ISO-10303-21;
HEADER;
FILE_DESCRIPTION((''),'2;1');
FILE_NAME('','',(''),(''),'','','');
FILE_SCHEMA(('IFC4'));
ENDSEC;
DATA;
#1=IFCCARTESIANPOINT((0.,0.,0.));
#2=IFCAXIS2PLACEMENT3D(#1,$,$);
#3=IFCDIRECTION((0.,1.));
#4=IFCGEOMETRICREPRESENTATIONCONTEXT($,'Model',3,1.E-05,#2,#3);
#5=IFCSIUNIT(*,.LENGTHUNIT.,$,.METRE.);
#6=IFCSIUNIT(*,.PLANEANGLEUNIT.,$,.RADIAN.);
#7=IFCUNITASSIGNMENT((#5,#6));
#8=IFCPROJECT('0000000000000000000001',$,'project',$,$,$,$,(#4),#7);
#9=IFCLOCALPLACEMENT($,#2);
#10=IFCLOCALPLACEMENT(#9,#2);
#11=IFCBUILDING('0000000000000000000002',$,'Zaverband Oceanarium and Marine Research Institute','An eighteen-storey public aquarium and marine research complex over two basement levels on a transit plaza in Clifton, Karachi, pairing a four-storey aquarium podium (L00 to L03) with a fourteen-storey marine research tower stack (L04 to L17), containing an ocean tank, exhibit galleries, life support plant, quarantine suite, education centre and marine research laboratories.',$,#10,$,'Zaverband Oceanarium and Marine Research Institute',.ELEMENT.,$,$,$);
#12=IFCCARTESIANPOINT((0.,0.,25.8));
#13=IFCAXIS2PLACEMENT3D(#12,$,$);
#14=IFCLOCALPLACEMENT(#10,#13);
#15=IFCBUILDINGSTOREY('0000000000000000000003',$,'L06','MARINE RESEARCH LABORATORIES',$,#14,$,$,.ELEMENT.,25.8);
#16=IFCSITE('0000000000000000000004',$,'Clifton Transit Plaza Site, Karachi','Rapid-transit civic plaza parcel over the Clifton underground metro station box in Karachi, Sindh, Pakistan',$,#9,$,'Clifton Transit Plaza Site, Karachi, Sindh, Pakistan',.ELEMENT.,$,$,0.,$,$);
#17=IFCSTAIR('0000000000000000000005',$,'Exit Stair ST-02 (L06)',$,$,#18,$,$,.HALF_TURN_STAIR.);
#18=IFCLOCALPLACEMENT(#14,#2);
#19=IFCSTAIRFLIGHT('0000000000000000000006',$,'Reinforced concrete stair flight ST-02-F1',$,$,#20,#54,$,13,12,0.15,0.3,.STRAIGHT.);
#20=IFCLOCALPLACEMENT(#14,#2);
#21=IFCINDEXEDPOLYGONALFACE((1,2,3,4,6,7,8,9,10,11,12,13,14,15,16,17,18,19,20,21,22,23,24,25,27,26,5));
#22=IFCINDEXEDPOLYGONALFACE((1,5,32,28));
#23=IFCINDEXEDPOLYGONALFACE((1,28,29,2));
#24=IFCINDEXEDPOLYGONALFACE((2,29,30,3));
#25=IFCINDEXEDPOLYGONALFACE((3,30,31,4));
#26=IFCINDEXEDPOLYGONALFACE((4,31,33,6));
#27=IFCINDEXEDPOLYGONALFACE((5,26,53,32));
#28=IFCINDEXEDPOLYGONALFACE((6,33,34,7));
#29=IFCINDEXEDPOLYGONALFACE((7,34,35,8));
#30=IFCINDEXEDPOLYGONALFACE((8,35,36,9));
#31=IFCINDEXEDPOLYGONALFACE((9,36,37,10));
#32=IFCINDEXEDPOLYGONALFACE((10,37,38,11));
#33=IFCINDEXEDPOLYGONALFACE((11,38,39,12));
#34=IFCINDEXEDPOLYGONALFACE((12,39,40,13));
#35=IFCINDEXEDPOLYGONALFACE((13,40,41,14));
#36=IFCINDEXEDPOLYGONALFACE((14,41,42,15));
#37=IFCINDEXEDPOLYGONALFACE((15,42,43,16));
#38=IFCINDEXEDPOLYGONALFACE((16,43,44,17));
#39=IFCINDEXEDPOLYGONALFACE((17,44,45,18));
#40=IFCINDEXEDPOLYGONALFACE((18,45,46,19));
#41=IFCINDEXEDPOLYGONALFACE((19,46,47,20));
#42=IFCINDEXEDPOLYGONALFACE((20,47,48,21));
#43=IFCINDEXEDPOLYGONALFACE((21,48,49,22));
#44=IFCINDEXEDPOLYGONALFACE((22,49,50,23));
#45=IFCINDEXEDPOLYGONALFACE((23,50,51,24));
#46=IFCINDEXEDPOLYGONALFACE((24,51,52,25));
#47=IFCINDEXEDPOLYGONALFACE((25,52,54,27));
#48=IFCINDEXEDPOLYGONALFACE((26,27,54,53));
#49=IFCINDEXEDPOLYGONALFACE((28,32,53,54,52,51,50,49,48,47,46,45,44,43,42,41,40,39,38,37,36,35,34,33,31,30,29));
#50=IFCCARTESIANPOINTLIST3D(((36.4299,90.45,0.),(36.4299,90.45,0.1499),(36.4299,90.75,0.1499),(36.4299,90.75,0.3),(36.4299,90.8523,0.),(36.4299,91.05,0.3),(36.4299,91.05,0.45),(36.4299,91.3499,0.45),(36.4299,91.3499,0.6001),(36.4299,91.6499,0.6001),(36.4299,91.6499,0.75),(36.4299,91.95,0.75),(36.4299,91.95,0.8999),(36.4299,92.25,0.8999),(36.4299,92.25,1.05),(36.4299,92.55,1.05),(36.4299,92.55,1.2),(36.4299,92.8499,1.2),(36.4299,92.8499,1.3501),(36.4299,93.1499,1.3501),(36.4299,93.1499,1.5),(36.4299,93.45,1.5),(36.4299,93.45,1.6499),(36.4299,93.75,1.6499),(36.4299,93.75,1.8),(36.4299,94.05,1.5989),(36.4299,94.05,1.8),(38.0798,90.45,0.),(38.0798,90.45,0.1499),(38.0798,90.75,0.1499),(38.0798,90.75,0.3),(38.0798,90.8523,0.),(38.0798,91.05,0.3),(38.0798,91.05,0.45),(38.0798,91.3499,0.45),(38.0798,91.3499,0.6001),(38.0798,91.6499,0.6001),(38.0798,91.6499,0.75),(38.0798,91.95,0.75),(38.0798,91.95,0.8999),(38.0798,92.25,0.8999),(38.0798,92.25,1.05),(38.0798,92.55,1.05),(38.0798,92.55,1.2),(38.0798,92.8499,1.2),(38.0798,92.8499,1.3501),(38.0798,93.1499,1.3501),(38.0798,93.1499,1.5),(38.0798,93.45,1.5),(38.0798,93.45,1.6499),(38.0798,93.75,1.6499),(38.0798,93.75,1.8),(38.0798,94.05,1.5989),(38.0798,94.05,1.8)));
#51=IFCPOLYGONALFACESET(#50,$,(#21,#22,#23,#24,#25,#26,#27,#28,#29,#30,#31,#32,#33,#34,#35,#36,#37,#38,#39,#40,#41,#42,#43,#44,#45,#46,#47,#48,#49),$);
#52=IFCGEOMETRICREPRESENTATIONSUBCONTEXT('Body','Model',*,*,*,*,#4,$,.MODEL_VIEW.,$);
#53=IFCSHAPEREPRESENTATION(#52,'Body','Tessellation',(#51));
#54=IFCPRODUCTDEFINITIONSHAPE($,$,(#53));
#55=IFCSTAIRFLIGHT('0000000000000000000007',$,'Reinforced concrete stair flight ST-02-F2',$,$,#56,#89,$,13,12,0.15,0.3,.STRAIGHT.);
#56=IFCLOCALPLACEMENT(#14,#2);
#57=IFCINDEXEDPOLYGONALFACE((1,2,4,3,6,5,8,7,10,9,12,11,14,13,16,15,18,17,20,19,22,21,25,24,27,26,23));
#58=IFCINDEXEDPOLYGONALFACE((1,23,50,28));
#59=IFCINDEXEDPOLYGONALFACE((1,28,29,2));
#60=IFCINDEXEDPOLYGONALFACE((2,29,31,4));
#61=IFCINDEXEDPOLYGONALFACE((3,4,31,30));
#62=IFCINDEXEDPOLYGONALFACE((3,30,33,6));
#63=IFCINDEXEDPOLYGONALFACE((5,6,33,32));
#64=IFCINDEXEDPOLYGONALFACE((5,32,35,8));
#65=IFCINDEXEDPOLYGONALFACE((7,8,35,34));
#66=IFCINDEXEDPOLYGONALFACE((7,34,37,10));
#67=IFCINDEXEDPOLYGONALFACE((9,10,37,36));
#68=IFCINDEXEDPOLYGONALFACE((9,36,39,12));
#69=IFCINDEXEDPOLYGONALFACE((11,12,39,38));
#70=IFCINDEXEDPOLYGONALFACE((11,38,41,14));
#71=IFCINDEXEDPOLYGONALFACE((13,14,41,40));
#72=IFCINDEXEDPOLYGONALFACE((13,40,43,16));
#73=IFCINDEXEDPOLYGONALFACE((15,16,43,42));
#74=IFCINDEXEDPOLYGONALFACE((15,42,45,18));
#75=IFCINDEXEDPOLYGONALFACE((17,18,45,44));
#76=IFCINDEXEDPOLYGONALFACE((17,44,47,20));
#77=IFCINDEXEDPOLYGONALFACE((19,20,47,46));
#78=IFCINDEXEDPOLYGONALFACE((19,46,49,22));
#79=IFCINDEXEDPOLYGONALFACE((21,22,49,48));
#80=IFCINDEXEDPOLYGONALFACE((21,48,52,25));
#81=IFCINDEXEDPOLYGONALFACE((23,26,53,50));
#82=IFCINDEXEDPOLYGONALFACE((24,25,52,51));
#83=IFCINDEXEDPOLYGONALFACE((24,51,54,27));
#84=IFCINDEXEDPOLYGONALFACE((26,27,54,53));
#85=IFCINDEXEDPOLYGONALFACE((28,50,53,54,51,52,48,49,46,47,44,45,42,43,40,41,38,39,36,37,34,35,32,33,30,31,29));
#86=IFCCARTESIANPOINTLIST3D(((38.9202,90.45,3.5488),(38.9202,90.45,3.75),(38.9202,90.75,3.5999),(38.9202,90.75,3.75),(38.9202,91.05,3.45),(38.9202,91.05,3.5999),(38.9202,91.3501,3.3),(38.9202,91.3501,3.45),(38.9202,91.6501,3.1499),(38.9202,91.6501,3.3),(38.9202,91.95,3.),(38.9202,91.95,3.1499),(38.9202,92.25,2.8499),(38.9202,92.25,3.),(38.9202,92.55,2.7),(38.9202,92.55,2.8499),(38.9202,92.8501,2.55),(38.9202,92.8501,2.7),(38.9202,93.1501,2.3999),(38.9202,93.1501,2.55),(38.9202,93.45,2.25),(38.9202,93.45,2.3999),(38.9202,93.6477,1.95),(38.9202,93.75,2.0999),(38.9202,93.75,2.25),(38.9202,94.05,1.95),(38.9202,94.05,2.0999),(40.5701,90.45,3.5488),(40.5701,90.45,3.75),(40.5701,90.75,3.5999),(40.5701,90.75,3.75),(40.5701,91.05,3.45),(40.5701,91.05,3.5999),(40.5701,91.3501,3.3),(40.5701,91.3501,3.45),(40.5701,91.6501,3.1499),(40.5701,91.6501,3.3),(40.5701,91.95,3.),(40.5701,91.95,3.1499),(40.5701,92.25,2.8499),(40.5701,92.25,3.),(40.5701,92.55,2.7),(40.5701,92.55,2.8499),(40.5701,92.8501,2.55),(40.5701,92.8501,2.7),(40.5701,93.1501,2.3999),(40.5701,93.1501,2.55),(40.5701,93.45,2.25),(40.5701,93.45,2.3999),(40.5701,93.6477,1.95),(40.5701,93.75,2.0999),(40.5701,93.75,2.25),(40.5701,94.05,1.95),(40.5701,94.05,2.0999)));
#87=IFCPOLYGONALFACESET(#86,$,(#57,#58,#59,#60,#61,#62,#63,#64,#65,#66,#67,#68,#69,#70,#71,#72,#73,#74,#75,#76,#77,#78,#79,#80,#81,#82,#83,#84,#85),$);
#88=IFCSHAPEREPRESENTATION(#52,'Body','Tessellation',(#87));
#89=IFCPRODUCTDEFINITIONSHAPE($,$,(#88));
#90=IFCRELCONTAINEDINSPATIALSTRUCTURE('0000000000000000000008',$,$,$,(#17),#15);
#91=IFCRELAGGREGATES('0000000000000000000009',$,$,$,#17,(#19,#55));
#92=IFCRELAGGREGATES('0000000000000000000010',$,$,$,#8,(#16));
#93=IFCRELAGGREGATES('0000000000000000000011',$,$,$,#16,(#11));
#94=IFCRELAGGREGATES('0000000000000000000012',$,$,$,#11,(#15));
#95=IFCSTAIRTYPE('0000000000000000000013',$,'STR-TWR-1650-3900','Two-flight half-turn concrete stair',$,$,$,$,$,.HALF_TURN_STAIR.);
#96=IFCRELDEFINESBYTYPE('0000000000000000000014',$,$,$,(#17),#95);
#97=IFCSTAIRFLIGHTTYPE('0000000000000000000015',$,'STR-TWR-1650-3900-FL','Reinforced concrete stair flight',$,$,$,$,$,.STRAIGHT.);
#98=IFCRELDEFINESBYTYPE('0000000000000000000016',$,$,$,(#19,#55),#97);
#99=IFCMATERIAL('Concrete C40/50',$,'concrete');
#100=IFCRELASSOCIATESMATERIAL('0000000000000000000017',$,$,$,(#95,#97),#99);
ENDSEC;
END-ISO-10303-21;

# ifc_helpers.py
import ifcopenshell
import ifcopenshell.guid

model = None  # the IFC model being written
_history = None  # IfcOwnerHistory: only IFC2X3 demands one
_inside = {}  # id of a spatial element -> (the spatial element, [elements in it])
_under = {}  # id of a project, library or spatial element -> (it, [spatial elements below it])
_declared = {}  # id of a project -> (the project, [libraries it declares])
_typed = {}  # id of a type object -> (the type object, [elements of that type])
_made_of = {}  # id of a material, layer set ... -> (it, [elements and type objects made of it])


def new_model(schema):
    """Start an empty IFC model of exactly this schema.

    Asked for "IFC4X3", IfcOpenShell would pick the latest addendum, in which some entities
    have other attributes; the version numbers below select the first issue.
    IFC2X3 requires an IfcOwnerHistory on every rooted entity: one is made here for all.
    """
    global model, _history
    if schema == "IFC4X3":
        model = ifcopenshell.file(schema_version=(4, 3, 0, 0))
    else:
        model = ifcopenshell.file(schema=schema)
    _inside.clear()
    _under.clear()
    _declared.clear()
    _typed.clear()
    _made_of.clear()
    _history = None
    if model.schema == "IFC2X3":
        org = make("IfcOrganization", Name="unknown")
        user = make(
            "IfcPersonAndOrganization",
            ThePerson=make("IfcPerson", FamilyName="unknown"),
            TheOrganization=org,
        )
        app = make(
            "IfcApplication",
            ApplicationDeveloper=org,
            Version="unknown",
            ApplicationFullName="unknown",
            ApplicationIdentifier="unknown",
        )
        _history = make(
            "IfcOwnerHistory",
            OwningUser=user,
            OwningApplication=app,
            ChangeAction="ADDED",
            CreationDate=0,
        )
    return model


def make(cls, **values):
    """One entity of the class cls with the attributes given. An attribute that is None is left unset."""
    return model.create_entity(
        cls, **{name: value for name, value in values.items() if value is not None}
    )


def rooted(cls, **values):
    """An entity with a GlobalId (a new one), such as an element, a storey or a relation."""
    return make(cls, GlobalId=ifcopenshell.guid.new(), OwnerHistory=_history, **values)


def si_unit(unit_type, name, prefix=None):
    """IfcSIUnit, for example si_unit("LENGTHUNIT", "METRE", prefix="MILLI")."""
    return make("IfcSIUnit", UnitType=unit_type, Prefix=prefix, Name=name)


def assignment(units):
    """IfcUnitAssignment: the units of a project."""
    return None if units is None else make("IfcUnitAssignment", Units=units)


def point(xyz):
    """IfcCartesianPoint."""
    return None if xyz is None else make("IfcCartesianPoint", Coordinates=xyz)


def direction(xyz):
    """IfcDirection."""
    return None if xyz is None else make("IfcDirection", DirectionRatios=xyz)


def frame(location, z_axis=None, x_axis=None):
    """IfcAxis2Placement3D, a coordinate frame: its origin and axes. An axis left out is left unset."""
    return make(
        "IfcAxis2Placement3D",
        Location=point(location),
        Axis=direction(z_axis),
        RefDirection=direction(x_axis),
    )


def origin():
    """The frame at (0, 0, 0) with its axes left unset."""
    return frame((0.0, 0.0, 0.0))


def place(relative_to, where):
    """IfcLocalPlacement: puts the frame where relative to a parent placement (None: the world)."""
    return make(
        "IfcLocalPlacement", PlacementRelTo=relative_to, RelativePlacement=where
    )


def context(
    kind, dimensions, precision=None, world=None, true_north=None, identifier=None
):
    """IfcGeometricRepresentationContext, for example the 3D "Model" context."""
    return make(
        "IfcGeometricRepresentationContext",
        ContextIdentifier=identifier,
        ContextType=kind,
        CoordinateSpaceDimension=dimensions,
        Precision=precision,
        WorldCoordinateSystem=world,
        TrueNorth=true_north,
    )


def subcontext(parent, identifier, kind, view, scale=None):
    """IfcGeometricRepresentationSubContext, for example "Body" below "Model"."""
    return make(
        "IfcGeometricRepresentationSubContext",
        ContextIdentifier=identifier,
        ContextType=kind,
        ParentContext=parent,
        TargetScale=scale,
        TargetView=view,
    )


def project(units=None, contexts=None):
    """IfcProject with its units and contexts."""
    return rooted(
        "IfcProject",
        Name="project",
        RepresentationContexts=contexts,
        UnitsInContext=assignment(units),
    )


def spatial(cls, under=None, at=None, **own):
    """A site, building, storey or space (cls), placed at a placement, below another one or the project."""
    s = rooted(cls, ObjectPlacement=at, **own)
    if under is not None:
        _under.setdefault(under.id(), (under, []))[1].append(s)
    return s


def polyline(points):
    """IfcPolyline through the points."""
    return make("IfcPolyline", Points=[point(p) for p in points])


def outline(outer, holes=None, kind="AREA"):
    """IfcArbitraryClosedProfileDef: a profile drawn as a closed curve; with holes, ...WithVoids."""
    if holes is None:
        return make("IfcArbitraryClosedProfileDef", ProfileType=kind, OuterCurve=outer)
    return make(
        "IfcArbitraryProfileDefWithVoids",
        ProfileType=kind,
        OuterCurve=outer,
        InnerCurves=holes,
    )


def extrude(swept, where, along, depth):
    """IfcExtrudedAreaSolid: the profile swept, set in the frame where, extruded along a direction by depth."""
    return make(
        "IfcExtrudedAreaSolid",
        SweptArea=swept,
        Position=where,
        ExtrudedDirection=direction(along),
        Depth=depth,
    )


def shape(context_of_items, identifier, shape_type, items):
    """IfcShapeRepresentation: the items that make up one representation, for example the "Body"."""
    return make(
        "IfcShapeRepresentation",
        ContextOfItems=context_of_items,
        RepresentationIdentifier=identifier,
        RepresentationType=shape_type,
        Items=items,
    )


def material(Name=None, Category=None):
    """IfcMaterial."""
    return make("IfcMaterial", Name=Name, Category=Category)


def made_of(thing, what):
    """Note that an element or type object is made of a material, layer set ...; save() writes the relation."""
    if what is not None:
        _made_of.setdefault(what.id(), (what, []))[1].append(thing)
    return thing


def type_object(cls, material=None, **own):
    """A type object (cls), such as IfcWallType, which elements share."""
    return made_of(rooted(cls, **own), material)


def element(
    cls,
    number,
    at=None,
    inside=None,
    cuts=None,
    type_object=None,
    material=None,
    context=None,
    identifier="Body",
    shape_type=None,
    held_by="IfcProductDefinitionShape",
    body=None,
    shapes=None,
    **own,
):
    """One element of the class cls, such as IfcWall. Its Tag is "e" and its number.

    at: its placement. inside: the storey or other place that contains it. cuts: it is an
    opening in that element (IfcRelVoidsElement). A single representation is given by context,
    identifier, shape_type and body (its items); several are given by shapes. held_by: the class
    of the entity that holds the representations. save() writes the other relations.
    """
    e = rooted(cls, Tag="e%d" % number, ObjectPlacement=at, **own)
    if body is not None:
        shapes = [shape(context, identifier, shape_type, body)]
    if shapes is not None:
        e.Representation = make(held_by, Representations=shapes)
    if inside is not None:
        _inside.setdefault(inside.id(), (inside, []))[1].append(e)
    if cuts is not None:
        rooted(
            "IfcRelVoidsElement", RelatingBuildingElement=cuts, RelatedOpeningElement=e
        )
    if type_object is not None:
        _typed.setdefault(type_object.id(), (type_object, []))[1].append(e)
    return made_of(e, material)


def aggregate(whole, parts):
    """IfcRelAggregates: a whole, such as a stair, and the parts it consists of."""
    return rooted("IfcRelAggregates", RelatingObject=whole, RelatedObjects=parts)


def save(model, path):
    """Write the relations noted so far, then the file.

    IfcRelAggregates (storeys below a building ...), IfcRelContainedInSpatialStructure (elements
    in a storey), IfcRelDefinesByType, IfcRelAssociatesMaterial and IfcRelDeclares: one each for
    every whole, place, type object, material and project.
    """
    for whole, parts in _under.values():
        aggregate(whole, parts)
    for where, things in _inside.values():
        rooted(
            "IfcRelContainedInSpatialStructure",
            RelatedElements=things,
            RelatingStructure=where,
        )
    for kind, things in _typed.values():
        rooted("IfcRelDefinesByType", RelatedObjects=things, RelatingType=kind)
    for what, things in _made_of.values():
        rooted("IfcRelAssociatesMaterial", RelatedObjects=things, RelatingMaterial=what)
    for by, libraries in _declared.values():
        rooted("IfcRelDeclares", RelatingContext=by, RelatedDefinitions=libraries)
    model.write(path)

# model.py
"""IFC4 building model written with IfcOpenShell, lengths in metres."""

from ifc_helpers import new_model, si_unit, direction, frame, origin, place, context, subcontext, project, spatial, polyline, outline, extrude, material, type_object, element, aggregate, save


model = new_model("IFC4")

# Units and contexts
model_context = context("Model", 3, precision=1e-05, world=origin(), true_north=direction((0.0, 1.0)))
body_context = subcontext(model_context, "Body", "Model", "MODEL_VIEW")
ifc_project = project(units=[si_unit("LENGTHUNIT", "METRE"), si_unit("PLANEANGLEUNIT", "RADIAN")], contexts=[model_context])

# Site, building, storey
site_placement = place(None, origin())
site = spatial("IfcSite", under=ifc_project, at=site_placement, Name="Clifton Transit Plaza Site, Karachi", Description="Rapid-transit civic plaza parcel over the Clifton underground metro station box in Karachi, Sindh, Pakistan", LongName="Clifton Transit Plaza Site, Karachi, Sindh, Pakistan", CompositionType="ELEMENT", RefElevation=0.0)
building_placement = place(site_placement, origin())
building = spatial("IfcBuilding", under=site, at=building_placement, Name="Zaverband Oceanarium and Marine Research Institute", Description="An eighteen-storey public aquarium and marine research complex over two basement levels on a transit plaza in Clifton, Karachi, pairing a four-storey aquarium podium (L00 to L03) with a fourteen-storey marine research tower stack (L04 to L17), containing an ocean tank, exhibit galleries, life support plant, quarantine suite, education centre and marine research laboratories.", LongName="Zaverband Oceanarium and Marine Research Institute", CompositionType="ELEMENT")
storey_placement = place(building_placement, frame((0.0, 0.0, 25.8)))
storey = spatial("IfcBuildingStorey", under=building, at=storey_placement, Name="L06", Description="MARINE RESEARCH LABORATORIES", CompositionType="ELEMENT", Elevation=25.8)

# Shared definitions
ifc_material_1 = material(Name="Concrete C40/50", Category="concrete")

# Stair, stair flights
stair_type = type_object("IfcStairType", Name="STR-TWR-1650-3900", Description="Two-flight half-turn concrete stair", PredefinedType="HALF_TURN_STAIR", material=ifc_material_1)
stair_placement = place(storey_placement, origin())
stair = element("IfcStair", 1, at=stair_placement, inside=storey, type_object=stair_type, Name="Exit Stair ST-02 (L06)", PredefinedType="HALF_TURN_STAIR")
stair_flight_type = type_object("IfcStairFlightType", Name="STR-TWR-1650-3900-FL", Description="Reinforced concrete stair flight", PredefinedType="STRAIGHT", material=ifc_material_1)
stair_flight_1_placement = place(storey_placement, frame((37.2549, 90.45, 0.0), z_axis=(0.0, 0.0, 1.0), x_axis=(0.0, 1.0, 0.0)))
stair_flight_1 = element("IfcStairFlight", 2, at=stair_flight_1_placement, type_object=stair_flight_type, Name="Reinforced concrete stair flight ST-02-F1", NumberOfRisers=13, NumberOfTreads=12, PredefinedType="STRAIGHT", RiserHeight=0.15, TreadLength=0.3, context=body_context, shape_type="SweptSolid", body=[
    extrude(outline(polyline([(0.0, 0.0), (0.0, 0.1499), (0.3, 0.1499), (0.3, 0.3), (0.6001, 0.3), (0.6001, 0.45), (0.8999, 0.45), (0.8999, 0.6001), (1.2, 0.6001), (1.2, 0.75), (1.5, 0.75), (1.5, 0.8999), (1.8, 0.8999), (1.8, 1.05), (2.1001, 1.05), (2.1001, 1.2), (2.3999, 1.2), (2.3999, 1.3501), (2.7, 1.3501), (2.7, 1.5), (3.0, 1.5), (3.0, 1.6499), (3.3, 1.6499), (3.3, 1.8), (3.6001, 1.8), (3.6001, 1.95), (3.6001, 1.5989), (0.4023, 0.0), (0.0, 0.0)])), frame((0.0, 0.825, 0.0), z_axis=(0.0, -1.0, 0.0), x_axis=(1.0, 0.0, 0.0)), (0.0, 0.0, 1.0), 1.6499),
])
stair_flight_2_placement = place(storey_placement, frame((39.7451, 94.05, 1.95), z_axis=(0.0, 0.0, 1.0), x_axis=(0.0, -1.0, 0.0)))
stair_flight_2 = element("IfcStairFlight", 3, at=stair_flight_2_placement, type_object=stair_flight_type, Name="Reinforced concrete stair flight ST-02-F2", NumberOfRisers=13, NumberOfTreads=12, PredefinedType="STRAIGHT", RiserHeight=0.15, TreadLength=0.3, context=body_context, shape_type="SweptSolid", body=[
    extrude(outline(polyline([(0.0, 0.0), (0.0, 0.1499), (0.3, 0.1499), (0.3, 0.3), (0.6001, 0.3), (0.6001, 0.45), (0.8999, 0.45), (0.8999, 0.6001), (1.2, 0.6001), (1.2, 0.75), (1.5, 0.75), (1.5, 0.8999), (1.8, 0.8999), (1.8, 1.05), (2.1001, 1.05), (2.1001, 1.2), (2.3999, 1.2), (2.3999, 1.3501), (2.7, 1.3501), (2.7, 1.5), (3.0, 1.5), (3.0, 1.6499), (3.3, 1.6499), (3.3, 1.8), (3.6001, 1.8), (3.6001, 1.95), (3.6001, 1.5989), (0.4023, 0.0), (0.0, 0.0)])), frame((0.0, 0.825, 0.0), z_axis=(0.0, -1.0, 0.0), x_axis=(1.0, 0.0, 0.0)), (0.0, 0.0, 1.0), 1.6499),
])
aggregate(stair, [stair_flight_1, stair_flight_2])

save(model, "model.ifc")
